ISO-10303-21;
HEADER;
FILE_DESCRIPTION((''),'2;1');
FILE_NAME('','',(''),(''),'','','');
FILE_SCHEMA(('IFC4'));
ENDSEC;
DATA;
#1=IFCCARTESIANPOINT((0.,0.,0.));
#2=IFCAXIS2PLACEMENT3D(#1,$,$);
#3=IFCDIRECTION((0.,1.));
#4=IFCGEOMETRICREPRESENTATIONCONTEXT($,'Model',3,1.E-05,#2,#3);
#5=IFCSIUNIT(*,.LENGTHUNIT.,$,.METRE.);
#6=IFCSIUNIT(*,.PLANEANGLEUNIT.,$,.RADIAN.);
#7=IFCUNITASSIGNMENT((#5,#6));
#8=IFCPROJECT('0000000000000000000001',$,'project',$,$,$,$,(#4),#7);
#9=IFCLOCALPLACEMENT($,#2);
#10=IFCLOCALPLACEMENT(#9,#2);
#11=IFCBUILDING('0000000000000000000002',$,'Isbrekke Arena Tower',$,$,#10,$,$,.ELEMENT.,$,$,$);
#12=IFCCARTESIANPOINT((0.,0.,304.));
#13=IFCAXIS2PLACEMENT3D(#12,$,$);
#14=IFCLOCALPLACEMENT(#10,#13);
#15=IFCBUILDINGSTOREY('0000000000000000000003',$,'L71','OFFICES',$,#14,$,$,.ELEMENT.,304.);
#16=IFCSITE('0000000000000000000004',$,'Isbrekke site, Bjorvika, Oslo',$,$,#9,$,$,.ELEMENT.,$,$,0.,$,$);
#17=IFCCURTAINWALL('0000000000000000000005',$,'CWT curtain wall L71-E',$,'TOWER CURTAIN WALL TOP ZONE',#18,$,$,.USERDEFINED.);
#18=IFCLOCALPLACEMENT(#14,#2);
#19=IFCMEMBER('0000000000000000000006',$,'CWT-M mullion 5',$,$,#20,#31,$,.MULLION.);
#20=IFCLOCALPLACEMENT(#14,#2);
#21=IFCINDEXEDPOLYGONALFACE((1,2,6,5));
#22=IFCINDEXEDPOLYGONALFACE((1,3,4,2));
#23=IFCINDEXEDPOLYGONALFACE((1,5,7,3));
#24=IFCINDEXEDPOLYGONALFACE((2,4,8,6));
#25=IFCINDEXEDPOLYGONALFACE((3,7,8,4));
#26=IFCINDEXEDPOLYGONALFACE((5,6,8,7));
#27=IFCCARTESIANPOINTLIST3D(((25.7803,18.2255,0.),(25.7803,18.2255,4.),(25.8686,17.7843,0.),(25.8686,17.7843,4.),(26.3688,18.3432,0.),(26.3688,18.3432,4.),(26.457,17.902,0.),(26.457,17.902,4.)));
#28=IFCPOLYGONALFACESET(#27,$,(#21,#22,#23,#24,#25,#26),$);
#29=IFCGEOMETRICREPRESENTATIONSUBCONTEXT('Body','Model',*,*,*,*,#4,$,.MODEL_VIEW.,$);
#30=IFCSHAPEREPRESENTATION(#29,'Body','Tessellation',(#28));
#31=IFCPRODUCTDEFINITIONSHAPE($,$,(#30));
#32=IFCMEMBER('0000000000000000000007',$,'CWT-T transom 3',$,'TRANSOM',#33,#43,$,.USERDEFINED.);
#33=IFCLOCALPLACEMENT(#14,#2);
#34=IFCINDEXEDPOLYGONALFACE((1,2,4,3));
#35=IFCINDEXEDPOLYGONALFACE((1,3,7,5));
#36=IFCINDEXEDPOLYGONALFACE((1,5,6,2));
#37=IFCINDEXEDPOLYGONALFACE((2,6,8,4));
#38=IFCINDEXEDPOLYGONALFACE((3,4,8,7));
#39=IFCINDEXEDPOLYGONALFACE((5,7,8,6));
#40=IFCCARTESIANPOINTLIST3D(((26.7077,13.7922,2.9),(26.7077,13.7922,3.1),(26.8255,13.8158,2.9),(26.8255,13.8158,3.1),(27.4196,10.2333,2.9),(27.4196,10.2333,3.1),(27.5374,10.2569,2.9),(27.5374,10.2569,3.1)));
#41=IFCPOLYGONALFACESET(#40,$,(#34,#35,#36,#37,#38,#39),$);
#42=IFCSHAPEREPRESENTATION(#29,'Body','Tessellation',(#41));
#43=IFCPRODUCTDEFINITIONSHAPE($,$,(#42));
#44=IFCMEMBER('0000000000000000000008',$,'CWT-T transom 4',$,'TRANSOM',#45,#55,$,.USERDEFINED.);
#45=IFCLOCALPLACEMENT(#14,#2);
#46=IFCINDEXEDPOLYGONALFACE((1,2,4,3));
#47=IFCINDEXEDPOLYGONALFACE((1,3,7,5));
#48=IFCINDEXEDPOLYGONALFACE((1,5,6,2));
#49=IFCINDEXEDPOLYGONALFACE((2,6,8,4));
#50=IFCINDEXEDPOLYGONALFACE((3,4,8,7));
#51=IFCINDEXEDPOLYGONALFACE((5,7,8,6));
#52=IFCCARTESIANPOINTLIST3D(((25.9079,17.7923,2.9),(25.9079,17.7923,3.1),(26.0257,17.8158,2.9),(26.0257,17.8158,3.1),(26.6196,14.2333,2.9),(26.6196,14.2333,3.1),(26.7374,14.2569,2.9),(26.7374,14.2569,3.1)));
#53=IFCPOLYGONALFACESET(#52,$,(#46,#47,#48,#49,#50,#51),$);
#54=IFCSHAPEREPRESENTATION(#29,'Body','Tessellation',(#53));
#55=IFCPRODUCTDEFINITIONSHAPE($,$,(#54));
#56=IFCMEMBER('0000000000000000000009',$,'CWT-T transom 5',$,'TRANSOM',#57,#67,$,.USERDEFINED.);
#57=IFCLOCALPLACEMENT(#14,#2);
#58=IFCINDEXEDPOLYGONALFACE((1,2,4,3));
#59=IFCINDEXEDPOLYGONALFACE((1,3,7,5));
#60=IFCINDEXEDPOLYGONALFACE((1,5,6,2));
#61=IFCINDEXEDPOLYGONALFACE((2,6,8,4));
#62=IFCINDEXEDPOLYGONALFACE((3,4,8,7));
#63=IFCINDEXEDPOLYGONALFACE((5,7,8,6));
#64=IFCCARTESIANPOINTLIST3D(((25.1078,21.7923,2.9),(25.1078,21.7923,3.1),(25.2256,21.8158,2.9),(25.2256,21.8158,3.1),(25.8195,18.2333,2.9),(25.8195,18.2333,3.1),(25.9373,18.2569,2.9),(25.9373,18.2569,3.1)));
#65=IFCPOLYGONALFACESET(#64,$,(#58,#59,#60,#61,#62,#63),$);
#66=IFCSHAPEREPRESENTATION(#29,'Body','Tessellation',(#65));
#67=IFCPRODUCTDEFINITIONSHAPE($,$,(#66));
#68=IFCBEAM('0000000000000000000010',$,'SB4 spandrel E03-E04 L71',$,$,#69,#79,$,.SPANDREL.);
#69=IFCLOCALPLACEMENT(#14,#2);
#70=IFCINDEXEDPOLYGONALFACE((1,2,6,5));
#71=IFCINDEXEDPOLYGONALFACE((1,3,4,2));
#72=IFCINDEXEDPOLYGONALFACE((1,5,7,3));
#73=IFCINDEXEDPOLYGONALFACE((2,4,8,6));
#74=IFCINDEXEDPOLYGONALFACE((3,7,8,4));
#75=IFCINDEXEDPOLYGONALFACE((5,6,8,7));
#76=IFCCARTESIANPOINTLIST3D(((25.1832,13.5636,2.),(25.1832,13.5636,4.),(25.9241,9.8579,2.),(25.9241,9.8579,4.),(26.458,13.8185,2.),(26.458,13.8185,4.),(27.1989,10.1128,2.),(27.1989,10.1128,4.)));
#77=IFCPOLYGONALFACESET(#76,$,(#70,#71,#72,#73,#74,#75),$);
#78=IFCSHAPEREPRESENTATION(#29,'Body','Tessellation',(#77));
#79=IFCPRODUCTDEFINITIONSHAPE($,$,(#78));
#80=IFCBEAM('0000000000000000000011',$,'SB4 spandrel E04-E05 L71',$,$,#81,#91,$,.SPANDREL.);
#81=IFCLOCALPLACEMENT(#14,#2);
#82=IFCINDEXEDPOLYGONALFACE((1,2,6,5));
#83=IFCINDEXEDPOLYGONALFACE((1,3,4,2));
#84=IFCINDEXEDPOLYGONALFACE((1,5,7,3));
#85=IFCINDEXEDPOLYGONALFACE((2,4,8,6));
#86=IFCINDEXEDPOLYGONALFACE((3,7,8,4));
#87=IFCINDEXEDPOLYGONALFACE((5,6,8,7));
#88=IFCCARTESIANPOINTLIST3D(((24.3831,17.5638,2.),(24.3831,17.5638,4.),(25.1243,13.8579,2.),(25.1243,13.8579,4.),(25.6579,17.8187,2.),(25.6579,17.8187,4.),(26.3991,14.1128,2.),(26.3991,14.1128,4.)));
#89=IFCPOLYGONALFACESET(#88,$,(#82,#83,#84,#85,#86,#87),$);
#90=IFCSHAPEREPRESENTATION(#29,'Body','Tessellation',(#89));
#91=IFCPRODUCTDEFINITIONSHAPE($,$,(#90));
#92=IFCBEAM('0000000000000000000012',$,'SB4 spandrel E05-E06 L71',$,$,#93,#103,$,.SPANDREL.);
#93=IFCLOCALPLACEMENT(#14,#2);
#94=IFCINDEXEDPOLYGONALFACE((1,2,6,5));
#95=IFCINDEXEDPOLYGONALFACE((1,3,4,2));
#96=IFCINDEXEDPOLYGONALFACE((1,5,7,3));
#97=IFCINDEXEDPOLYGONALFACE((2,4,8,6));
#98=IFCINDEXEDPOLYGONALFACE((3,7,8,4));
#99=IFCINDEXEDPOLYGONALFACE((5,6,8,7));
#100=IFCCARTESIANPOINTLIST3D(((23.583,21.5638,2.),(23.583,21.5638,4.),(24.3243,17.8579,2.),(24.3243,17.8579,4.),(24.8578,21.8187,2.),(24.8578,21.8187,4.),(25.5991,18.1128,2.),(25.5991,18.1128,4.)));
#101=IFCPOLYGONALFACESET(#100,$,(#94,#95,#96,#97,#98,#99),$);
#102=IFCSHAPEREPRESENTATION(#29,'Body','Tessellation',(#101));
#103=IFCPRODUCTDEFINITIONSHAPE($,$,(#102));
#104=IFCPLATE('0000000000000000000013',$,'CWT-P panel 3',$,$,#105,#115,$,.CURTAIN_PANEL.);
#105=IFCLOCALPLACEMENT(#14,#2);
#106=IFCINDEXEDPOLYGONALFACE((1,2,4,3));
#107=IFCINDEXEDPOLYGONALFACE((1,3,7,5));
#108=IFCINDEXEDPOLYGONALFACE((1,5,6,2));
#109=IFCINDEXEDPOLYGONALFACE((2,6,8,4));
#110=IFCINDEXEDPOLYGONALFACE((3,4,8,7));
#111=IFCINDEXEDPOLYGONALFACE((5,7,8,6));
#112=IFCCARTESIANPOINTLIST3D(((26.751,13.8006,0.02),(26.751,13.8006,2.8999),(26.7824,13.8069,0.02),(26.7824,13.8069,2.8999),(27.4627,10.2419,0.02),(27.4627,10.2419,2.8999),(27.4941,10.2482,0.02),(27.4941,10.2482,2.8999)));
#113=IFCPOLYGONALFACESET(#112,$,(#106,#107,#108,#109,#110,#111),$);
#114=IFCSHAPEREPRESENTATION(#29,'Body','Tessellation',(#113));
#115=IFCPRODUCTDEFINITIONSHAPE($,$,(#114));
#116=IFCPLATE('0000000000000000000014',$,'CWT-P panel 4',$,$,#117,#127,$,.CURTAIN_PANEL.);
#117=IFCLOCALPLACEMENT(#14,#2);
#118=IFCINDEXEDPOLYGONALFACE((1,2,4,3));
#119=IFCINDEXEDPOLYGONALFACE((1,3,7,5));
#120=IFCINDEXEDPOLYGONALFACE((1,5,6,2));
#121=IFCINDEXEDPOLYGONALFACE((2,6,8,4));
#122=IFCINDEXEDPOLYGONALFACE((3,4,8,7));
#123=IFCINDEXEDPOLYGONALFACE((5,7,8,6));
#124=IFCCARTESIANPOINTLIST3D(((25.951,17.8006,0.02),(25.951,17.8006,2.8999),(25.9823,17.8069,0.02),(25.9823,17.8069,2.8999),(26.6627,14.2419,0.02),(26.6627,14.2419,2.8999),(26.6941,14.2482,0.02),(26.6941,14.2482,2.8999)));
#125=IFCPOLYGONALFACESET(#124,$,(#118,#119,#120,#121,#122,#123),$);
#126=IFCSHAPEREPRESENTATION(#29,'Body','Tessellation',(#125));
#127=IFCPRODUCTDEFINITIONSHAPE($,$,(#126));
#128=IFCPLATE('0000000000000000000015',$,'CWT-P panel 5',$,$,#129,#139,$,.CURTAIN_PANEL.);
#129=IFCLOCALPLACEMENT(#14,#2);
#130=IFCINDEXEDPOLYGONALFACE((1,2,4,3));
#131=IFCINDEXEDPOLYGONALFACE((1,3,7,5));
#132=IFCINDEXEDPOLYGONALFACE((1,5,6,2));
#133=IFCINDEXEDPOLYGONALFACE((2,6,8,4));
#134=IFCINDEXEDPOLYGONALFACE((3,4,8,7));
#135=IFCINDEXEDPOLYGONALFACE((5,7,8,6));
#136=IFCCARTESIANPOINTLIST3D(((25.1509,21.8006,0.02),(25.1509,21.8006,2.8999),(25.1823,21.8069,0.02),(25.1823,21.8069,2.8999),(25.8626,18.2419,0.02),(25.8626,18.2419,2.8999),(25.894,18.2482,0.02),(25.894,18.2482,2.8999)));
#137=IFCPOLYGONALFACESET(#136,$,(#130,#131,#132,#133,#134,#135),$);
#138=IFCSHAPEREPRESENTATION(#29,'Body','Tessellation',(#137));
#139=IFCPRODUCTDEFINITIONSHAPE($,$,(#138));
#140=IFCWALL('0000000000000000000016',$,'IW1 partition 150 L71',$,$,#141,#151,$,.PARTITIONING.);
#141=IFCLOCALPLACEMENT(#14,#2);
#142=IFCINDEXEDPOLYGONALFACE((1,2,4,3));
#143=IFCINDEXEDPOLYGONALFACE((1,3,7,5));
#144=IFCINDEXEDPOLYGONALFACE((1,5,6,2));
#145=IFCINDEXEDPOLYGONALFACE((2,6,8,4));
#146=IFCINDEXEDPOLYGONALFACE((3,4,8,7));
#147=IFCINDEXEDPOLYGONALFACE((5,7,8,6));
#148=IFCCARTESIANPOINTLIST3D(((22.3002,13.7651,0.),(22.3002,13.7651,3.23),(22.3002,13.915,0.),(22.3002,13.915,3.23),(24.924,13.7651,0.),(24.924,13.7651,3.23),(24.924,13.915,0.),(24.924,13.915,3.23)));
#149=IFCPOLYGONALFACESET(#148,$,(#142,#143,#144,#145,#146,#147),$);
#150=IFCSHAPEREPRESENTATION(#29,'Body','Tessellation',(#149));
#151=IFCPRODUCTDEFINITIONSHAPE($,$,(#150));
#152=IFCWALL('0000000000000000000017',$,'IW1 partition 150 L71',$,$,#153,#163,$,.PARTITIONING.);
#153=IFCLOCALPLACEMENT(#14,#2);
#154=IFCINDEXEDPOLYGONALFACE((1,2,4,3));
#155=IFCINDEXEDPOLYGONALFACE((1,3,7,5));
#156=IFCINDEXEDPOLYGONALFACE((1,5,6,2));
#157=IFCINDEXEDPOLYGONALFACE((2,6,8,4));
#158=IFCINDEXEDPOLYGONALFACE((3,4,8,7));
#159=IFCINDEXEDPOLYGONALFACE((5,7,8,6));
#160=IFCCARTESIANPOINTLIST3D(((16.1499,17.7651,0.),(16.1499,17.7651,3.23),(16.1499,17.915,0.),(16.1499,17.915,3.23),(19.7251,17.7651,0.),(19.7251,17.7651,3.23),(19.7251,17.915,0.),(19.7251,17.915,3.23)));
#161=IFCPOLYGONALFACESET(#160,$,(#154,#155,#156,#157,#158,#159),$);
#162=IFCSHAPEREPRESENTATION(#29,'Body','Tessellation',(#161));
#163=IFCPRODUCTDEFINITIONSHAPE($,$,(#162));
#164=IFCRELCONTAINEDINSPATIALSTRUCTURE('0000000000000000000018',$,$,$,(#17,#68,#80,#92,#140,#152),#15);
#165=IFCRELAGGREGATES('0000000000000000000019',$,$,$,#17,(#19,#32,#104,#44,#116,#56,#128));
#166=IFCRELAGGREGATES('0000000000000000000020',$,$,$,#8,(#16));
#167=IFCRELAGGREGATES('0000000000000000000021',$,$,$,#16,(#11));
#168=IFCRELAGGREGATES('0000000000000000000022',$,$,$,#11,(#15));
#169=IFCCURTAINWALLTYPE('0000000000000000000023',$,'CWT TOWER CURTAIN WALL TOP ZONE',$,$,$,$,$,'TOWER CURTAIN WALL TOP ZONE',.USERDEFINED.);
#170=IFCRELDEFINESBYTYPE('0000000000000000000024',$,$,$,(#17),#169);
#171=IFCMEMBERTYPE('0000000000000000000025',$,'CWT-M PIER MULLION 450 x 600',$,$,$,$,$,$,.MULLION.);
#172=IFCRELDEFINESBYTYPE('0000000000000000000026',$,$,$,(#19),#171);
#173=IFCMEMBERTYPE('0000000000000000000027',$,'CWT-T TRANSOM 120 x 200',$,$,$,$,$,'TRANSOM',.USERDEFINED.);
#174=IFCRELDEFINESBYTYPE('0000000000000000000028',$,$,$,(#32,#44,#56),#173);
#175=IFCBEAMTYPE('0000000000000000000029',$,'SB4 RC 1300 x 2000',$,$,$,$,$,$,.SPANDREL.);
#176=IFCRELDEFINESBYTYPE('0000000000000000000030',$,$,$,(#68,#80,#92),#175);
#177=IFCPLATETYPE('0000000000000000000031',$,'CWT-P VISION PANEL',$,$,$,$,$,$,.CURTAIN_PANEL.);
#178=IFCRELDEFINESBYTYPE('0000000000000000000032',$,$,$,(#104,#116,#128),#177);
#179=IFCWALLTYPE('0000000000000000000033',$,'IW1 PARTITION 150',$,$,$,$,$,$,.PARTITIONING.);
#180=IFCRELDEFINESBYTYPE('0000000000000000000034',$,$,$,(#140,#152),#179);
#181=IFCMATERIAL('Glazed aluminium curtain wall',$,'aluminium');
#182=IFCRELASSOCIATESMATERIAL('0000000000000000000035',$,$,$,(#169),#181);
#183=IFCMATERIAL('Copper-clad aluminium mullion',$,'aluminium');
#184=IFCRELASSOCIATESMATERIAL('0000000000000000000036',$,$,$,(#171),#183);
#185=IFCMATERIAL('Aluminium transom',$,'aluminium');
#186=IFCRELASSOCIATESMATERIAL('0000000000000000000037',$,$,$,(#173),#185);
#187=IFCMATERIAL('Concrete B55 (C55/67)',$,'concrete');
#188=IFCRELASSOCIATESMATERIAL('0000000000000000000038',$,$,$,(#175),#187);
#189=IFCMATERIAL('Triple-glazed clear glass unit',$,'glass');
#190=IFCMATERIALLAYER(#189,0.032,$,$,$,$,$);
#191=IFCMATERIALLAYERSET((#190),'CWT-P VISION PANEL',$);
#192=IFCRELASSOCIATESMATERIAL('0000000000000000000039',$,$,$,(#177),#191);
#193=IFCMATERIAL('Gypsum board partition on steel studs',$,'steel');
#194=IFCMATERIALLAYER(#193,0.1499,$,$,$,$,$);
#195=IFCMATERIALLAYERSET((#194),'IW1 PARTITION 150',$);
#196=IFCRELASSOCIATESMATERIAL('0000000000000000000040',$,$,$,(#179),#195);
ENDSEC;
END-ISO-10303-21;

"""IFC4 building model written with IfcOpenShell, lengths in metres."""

from ifc_helpers import new_model, si_unit, direction, frame, frame_2d, origin, origin_2d, place, context, subcontext, project, spatial, rectangle, extrude, material, layer, layer_set, material_profile, profile_set, type_object, element, aggregate, save


model = new_model("IFC4")

# Units and contexts
model_context = context("Model", 3, precision=1e-05, world=origin(), true_north=direction((0.0, 1.0)))
body_context = subcontext(model_context, "Body", "Model", "MODEL_VIEW")
ifc_project = project(units=[si_unit("LENGTHUNIT", "METRE"), si_unit("PLANEANGLEUNIT", "RADIAN")], contexts=[model_context])

# Site, building, storey
site_placement = place(None, origin())
site = spatial("IfcSite", under=ifc_project, at=site_placement, Name="Isbrekke site, Bjorvika, Oslo", CompositionType="ELEMENT", RefElevation=0.0)
building_placement = place(site_placement, origin())
building = spatial("IfcBuilding", under=site, at=building_placement, Name="Isbrekke Arena Tower", CompositionType="ELEMENT")
storey_placement = place(building_placement, frame((0.0, 0.0, 304.0)))
storey = spatial("IfcBuildingStorey", under=building, at=storey_placement, Name="L71", Description="OFFICES", CompositionType="ELEMENT", Elevation=304.0)

# Curtain wall, members
ifc_material_1 = material(Name="Glazed aluminium curtain wall", Category="aluminium")
curtain_wall_type = type_object("IfcCurtainWallType", Name="CWT TOWER CURTAIN WALL TOP ZONE", ElementType="TOWER CURTAIN WALL TOP ZONE", PredefinedType="USERDEFINED", material=ifc_material_1)
curtain_wall_placement = place(storey_placement, origin())
curtain_wall = element("IfcCurtainWall", 1, at=curtain_wall_placement, inside=storey, type_object=curtain_wall_type, Name="CWT curtain wall L71-E", ObjectType="TOWER CURTAIN WALL TOP ZONE", PredefinedType="USERDEFINED")
ifc_material_2 = material(Name="Copper-clad aluminium mullion", Category="aluminium")
ifc_material_profile_1 = material_profile(ifc_material_2, rectangle(XDim=0.45, YDim=0.6001, at=origin_2d()), Name="PIER 450X600")
ifc_profile_set_1 = profile_set([ifc_material_profile_1], Name="Copper-clad aluminium mullion")
member_type_1 = type_object("IfcMemberType", Name="CWT-M PIER MULLION 450 x 600", PredefinedType="MULLION", material=ifc_profile_set_1)
member_1_placement = place(storey_placement, frame((26.1187, 18.0637, 0.0), z_axis=(0.0, 0.0, 1.0), x_axis=(-0.196116, 0.980581, 0.0)))
member_1 = element("IfcMember", 2, at=member_1_placement, type_object=member_type_1, Name="CWT-M mullion 5", PredefinedType="MULLION", context=body_context, shape_type="SweptSolid", body=[
    extrude(rectangle(XDim=0.45, YDim=0.6001, at=origin_2d()), origin(), (0.0, 0.0, 1.0), 4.0),
])
ifc_material_3 = material(Name="Aluminium transom", Category="aluminium")
ifc_material_profile_2 = material_profile(ifc_material_3, rectangle(XDim=0.1201, YDim=0.2, at=origin_2d()), Name="TRANSOM 120X200")
ifc_profile_set_2 = profile_set([ifc_material_profile_2], Name="Aluminium transom")
member_type_2 = type_object("IfcMemberType", Name="CWT-T TRANSOM 120 x 200", ElementType="TRANSOM", PredefinedType="USERDEFINED", material=ifc_profile_set_2)
member_2_placement = place(storey_placement, frame((27.4785, 10.2451, 3.0), z_axis=(-0.196155, 0.980573, 0.0), x_axis=(-0.980573, -0.196155, 0.0)))
member_2 = element("IfcMember", 3, at=member_2_placement, type_object=member_type_2, Name="CWT-T transom 3", ObjectType="TRANSOM", PredefinedType="USERDEFINED", context=body_context, shape_type="SweptSolid", body=[
    extrude(rectangle(XDim=0.1201, YDim=0.2, at=origin_2d()), origin(), (0.0, 0.0, 1.0), 3.6294),
])
member_3_placement = place(storey_placement, frame((26.6785, 14.2451, 3.0), z_axis=(-0.19609, 0.980586, 0.0), x_axis=(-0.980586, -0.19609, 0.0)))
member_3 = element("IfcMember", 4, at=member_3_placement, type_object=member_type_2, Name="CWT-T transom 4", ObjectType="TRANSOM", PredefinedType="USERDEFINED", context=body_context, shape_type="SweptSolid", body=[
    extrude(rectangle(XDim=0.1201, YDim=0.2, at=origin_2d()), origin(), (0.0, 0.0, 1.0), 3.6294),
])
member_4_placement = place(storey_placement, frame((25.8784, 18.2451, 3.0), z_axis=(-0.19609, 0.980586, 0.0), x_axis=(-0.980586, -0.19609, 0.0)))
member_4 = element("IfcMember", 5, at=member_4_placement, type_object=member_type_2, Name="CWT-T transom 5", ObjectType="TRANSOM", PredefinedType="USERDEFINED", context=body_context, shape_type="SweptSolid", body=[
    extrude(rectangle(XDim=0.1201, YDim=0.2, at=origin_2d()), origin(), (0.0, 0.0, 1.0), 3.6294),
])

# Beams
ifc_material_4 = material(Name="Concrete B55 (C55/67)", Category="concrete")
ifc_material_profile_3 = material_profile(ifc_material_4, rectangle(XDim=1.3, YDim=2.0, at=origin_2d()), Name="RC 1300x2000")
ifc_profile_set_3 = profile_set([ifc_material_profile_3], Name="Concrete B55 (C55/67)")
beam_type_1 = type_object("IfcBeamType", Name="SB4 RC 1300 x 2000", PredefinedType="SPANDREL", material=ifc_profile_set_3)
beam_1_placement = place(storey_placement, frame((26.5615, 9.9854, 3.0), z_axis=(-0.196066, 0.980591, 0.0), x_axis=(-0.980591, -0.196066, 0.0)))
element("IfcBeam", 6, at=beam_1_placement, inside=storey, type_object=beam_type_1, Name="SB4 spandrel E03-E04 L71", PredefinedType="SPANDREL", context=body_context, shape_type="SweptSolid", body=[
    extrude(rectangle(XDim=1.3, YDim=2.0, at=origin_2d()), origin(), (0.0, 0.0, 1.0), 3.7791),
])
for number, where, z_axis, x_axis, name in (
    (7, (25.7617, 13.9854, 3.0), (-0.196129, 0.980578, 0.0), (-0.980578, -0.196129, 0.0), "SB4 spandrel E04-E05 L71"),
    (8, (24.9617, 17.9854, 3.0), (-0.196129, 0.980578, 0.0), (-0.980578, -0.196129, 0.0), "SB4 spandrel E05-E06 L71"),
):
    element("IfcBeam", number, at=place(storey_placement, frame(where, z_axis=z_axis, x_axis=x_axis)), inside=storey, type_object=beam_type_1, Name=name, PredefinedType="SPANDREL", context=body_context, shape_type="SweptSolid", body=[
        extrude(rectangle(XDim=1.3, YDim=2.0, at=origin_2d()), origin(), (0.0, 0.0, 1.0), 3.7793),
    ])

# Plates
ifc_material_5 = material(Name="Triple-glazed clear glass unit", Category="glass")
ifc_layer_1 = layer(ifc_material_5, 0.032)
ifc_layer_set_1 = layer_set([ifc_layer_1], Name="CWT-P VISION PANEL")
plate_type = type_object("IfcPlateType", Name="CWT-P VISION PANEL", PredefinedType="CURTAIN_PANEL", material=ifc_layer_set_1)
plate_1_placement = place(storey_placement, frame((27.1226, 12.0244, 0.02), z_axis=(0.0, 0.0, 1.0), x_axis=(-0.196116, 0.980581, 0.0)))
plate_1 = element("IfcPlate", 9, at=plate_1_placement, type_object=plate_type, Name="CWT-P panel 3", PredefinedType="CURTAIN_PANEL", context=body_context, shape_type="SweptSolid", body=[
    extrude(rectangle(XDim=3.6292, YDim=0.032, at=origin_2d()), origin(), (0.0, 0.0, 1.0), 2.8799),
])
plate_2_placement = place(storey_placement, frame((26.3225, 16.0244, 0.02), z_axis=(0.0, 0.0, 1.0), x_axis=(-0.196116, 0.980581, 0.0)))
plate_2 = element("IfcPlate", 10, at=plate_2_placement, type_object=plate_type, Name="CWT-P panel 4", PredefinedType="CURTAIN_PANEL", context=body_context, shape_type="SweptSolid", body=[
    extrude(rectangle(XDim=3.6292, YDim=0.032, at=origin_2d()), origin(), (0.0, 0.0, 1.0), 2.8799),
])
plate_3_placement = place(storey_placement, frame((25.5225, 20.0244, 0.02), z_axis=(0.0, 0.0, 1.0), x_axis=(-0.196116, 0.980581, 0.0)))
plate_3 = element("IfcPlate", 11, at=plate_3_placement, type_object=plate_type, Name="CWT-P panel 5", PredefinedType="CURTAIN_PANEL", context=body_context, shape_type="SweptSolid", body=[
    extrude(rectangle(XDim=3.6292, YDim=0.032, at=origin_2d()), origin(), (0.0, 0.0, 1.0), 2.8799),
])
aggregate(curtain_wall, [member_1, member_2, plate_1, member_3, plate_2, member_4, plate_3])

# Walls
ifc_material_6 = material(Name="Gypsum board partition on steel studs", Category="steel")
ifc_layer_2 = layer(ifc_material_6, 0.1499)
ifc_layer_set_2 = layer_set([ifc_layer_2], Name="IW1 PARTITION 150")
wall_type_1 = type_object("IfcWallType", Name="IW1 PARTITION 150", PredefinedType="PARTITIONING", material=ifc_layer_set_2)
wall_1_placement = place(storey_placement, frame((22.3, 13.8401, 0.0), z_axis=(0.0, 0.0, 1.0), x_axis=(1.0, 0.0, 0.0)))
element("IfcWall", 12, at=wall_1_placement, inside=storey, type_object=wall_type_1, Name="IW1 partition 150 L71", PredefinedType="PARTITIONING", context=body_context, shape_type="SweptSolid", body=[
    extrude(rectangle(XDim=2.6238, YDim=0.1499, at=frame_2d((1.312, 0.0))), origin(), (0.0, 0.0, 1.0), 3.23),
])
wall_2_placement = place(storey_placement, frame((16.1499, 17.8401, 0.0), z_axis=(0.0, 0.0, 1.0), x_axis=(1.0, 0.0, 0.0)))
element("IfcWall", 13, at=wall_2_placement, inside=storey, type_object=wall_type_1, Name="IW1 partition 150 L71", PredefinedType="PARTITIONING", context=body_context, shape_type="SweptSolid", body=[
    extrude(rectangle(XDim=3.5752, YDim=0.1499, at=frame_2d((1.7876, 0.0))), origin(), (0.0, 0.0, 1.0), 3.23),
])

save(model, "model.ifc")
